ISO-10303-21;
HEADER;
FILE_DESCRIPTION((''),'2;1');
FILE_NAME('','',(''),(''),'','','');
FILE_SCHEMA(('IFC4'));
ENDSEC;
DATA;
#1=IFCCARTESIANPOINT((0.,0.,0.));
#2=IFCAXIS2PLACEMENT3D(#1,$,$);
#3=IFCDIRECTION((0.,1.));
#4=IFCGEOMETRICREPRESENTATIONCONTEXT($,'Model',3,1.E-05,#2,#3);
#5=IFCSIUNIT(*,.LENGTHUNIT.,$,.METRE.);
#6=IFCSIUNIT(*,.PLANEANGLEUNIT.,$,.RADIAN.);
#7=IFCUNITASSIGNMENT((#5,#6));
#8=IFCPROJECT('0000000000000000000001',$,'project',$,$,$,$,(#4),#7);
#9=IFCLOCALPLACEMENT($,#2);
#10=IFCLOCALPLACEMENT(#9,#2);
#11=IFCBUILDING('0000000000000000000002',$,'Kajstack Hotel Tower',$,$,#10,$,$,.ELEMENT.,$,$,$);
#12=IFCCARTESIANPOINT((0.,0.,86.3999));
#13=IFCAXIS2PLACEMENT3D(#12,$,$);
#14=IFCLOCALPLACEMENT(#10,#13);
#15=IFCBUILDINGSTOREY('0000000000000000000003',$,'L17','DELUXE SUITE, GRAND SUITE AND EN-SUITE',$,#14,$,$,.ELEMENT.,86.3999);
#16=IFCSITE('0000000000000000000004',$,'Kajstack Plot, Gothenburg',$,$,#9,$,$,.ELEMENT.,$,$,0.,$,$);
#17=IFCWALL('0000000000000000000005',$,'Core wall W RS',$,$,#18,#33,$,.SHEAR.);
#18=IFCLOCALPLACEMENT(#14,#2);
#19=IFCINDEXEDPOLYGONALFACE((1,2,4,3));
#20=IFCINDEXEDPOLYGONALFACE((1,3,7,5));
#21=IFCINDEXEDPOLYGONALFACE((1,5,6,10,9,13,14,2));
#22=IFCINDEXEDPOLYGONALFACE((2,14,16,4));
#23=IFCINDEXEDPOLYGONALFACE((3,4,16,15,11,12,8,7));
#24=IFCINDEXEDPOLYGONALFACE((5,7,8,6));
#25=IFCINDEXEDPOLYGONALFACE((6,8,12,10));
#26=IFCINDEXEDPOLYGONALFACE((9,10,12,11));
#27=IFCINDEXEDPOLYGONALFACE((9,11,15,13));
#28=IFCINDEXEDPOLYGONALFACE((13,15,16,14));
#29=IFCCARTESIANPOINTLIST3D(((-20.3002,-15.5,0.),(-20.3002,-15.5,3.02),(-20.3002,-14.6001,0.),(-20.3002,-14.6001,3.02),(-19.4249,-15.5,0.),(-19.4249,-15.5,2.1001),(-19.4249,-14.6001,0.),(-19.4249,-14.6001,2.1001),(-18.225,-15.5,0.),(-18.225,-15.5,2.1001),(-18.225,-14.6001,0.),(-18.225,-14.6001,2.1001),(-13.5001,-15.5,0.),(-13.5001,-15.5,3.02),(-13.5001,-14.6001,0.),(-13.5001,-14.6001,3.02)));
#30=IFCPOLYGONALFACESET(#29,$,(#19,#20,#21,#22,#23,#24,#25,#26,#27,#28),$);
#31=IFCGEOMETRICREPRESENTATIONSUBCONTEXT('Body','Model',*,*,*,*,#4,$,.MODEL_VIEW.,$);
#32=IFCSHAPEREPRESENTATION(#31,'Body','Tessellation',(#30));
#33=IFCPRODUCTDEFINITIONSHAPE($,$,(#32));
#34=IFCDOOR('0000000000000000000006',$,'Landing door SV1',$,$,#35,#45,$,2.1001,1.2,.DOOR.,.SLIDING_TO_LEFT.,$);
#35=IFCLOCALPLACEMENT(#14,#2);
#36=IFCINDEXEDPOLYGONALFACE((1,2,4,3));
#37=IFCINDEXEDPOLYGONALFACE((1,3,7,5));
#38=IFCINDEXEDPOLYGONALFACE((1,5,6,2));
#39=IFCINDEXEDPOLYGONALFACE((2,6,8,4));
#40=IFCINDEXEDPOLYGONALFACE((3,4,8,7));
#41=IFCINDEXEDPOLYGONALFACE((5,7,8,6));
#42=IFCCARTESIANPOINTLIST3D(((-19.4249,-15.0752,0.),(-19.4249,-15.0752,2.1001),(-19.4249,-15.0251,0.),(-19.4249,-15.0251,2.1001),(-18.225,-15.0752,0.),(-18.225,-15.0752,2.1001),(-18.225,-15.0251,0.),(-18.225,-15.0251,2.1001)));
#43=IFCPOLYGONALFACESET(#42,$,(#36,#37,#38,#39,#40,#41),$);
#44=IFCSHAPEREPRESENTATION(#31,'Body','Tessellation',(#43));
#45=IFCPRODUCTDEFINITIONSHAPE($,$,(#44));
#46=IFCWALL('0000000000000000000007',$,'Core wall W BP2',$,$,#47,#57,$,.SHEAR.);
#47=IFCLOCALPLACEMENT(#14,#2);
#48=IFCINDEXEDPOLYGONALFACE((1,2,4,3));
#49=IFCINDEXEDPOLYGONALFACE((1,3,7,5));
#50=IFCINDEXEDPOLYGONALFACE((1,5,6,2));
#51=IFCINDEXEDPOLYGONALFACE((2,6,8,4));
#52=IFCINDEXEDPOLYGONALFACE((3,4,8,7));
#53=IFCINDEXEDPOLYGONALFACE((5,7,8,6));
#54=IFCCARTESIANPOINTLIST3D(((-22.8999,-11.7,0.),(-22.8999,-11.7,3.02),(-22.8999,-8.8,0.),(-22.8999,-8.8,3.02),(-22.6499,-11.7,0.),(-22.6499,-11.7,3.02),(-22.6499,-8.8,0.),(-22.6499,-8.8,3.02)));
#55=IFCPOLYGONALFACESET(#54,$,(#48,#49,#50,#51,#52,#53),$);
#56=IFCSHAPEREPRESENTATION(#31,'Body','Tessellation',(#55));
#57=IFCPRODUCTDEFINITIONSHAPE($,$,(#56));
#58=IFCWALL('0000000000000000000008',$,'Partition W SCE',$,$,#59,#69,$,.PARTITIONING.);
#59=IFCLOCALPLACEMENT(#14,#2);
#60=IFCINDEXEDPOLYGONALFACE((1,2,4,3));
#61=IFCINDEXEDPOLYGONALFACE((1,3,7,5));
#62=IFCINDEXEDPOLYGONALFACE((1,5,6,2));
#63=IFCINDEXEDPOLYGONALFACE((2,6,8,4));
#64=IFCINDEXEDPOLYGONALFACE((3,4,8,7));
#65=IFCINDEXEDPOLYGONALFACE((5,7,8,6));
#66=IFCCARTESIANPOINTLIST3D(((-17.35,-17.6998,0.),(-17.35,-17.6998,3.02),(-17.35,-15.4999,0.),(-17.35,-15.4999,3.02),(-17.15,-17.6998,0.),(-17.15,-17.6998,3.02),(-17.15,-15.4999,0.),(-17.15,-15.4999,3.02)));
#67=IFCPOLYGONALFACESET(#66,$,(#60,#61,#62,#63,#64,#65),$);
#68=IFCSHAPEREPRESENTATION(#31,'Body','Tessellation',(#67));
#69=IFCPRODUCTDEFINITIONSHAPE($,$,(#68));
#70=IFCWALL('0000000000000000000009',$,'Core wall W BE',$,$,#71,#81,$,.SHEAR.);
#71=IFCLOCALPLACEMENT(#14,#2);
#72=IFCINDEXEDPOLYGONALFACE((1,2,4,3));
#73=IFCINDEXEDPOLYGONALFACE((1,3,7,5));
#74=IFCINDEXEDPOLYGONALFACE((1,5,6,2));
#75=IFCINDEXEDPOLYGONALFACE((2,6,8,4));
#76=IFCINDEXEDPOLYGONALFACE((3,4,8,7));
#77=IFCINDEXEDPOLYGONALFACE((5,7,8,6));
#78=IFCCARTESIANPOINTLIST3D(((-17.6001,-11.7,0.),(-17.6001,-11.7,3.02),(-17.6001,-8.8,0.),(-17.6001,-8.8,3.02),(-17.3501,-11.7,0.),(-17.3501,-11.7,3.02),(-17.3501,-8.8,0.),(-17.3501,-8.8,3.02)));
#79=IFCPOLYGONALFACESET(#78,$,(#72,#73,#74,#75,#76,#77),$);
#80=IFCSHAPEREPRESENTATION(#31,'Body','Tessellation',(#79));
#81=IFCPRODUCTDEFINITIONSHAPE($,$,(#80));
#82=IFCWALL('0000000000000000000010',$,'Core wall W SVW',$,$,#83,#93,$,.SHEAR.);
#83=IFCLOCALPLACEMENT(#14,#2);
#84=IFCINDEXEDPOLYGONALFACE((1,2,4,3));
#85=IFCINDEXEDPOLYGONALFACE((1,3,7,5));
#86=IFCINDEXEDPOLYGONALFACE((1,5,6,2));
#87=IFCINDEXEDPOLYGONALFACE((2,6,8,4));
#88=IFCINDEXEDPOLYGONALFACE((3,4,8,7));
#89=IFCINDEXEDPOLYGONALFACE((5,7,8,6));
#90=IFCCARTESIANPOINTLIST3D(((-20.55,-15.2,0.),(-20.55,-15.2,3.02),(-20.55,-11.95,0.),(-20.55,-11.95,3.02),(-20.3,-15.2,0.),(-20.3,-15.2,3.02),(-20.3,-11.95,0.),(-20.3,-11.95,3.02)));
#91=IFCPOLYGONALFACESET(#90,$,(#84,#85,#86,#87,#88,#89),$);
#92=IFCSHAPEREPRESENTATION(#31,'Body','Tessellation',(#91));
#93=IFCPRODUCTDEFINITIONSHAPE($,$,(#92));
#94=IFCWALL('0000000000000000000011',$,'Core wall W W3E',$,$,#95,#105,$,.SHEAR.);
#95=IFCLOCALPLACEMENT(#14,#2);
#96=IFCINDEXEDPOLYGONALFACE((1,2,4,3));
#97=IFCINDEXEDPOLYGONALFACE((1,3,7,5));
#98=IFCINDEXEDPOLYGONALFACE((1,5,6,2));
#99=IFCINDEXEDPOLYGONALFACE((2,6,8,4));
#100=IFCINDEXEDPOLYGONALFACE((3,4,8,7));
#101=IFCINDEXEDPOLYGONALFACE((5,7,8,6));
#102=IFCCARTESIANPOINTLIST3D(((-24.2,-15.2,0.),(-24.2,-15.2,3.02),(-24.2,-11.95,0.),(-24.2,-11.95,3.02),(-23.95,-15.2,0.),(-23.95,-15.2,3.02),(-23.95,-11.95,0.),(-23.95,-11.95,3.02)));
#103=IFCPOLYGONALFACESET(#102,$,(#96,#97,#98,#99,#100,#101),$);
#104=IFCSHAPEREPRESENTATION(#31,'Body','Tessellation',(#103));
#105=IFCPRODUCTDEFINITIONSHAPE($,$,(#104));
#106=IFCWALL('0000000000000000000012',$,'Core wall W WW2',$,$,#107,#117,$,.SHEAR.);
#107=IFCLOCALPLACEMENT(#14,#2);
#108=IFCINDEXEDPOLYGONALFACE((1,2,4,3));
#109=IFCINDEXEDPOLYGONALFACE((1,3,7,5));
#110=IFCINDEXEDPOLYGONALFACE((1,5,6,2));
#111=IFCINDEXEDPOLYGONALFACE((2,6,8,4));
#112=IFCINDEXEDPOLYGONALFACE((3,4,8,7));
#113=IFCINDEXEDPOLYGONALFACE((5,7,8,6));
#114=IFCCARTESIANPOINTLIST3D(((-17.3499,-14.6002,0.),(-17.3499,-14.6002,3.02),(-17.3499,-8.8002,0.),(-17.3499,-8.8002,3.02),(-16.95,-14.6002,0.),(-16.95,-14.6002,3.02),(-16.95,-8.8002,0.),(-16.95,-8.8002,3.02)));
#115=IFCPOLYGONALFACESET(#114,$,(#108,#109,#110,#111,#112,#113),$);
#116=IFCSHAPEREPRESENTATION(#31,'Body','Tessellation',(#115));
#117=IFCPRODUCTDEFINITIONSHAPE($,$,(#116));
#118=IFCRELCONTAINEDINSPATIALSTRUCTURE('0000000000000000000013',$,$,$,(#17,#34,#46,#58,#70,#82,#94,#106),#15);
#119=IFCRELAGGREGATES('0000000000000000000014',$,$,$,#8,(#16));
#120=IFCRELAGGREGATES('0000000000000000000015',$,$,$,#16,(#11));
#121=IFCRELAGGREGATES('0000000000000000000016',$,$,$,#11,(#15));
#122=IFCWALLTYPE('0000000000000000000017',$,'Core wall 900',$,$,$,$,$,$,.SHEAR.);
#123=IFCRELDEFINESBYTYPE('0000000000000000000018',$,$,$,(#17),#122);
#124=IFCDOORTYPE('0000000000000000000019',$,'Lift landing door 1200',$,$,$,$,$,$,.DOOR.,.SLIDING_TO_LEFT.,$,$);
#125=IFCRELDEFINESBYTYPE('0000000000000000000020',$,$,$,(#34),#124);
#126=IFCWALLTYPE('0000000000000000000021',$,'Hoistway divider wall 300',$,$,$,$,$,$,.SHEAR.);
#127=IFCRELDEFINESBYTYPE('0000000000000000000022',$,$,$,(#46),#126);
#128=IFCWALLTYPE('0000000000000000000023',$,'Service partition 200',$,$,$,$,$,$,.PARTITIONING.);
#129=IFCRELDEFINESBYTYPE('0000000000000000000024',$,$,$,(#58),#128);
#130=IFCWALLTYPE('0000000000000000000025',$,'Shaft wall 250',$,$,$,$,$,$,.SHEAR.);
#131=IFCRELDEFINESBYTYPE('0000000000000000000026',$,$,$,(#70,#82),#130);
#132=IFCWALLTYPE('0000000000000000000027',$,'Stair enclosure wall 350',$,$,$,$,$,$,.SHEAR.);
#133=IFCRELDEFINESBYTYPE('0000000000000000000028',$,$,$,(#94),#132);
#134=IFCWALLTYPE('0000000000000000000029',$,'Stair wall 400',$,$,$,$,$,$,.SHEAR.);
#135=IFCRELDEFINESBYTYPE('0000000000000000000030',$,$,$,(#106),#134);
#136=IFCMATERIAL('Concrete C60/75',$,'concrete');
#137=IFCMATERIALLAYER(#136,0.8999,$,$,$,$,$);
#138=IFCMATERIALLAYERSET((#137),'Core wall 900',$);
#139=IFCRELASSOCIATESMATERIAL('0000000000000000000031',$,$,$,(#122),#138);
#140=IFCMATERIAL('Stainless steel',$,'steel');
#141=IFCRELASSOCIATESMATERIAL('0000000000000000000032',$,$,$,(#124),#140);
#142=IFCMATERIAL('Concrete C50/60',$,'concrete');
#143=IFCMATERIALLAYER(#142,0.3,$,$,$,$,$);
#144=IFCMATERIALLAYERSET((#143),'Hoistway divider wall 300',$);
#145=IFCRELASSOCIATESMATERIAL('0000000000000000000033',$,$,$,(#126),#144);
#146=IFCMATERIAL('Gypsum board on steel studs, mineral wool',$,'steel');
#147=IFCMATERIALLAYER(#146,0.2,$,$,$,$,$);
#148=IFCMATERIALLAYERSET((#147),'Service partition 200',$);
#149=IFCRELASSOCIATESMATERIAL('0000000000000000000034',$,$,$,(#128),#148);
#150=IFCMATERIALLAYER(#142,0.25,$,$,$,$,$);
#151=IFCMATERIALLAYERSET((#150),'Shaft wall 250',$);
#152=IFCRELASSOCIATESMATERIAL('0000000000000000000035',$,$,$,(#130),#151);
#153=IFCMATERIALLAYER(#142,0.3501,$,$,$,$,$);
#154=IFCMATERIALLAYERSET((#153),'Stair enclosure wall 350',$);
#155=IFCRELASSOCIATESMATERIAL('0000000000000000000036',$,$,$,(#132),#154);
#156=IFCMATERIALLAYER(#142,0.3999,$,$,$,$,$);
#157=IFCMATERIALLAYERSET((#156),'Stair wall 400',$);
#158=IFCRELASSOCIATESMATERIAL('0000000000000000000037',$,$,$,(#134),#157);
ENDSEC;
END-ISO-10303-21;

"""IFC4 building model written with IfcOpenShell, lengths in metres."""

from ifc_helpers import new_model, si_unit, direction, frame, frame_2d, origin, place, context, subcontext, project, spatial, rectangle, extrude, material, layer, layer_set, type_object, element, fill, save


model = new_model("IFC4")

# Units and contexts
model_context = context("Model", 3, precision=1e-05, world=origin(), true_north=direction((0.0, 1.0)))
body_context = subcontext(model_context, "Body", "Model", "MODEL_VIEW")
ifc_project = project(units=[si_unit("LENGTHUNIT", "METRE"), si_unit("PLANEANGLEUNIT", "RADIAN")], contexts=[model_context])

# Site, building, storey
site_placement = place(None, origin())
site = spatial("IfcSite", under=ifc_project, at=site_placement, Name="Kajstack Plot, Gothenburg", CompositionType="ELEMENT", RefElevation=0.0)
building_placement = place(site_placement, origin())
building = spatial("IfcBuilding", under=site, at=building_placement, Name="Kajstack Hotel Tower", CompositionType="ELEMENT")
storey_placement = place(building_placement, frame((0.0, 0.0, 86.3999)))
storey = spatial("IfcBuildingStorey", under=building, at=storey_placement, Name="L17", Description="DELUXE SUITE, GRAND SUITE AND EN-SUITE", CompositionType="ELEMENT", Elevation=86.3999)

# Wall, opening, door
ifc_material_1 = material(Name="Concrete C60/75", Category="concrete")
ifc_layer_1 = layer(ifc_material_1, 0.8999)
ifc_layer_set_1 = layer_set([ifc_layer_1], Name="Core wall 900")
wall_type_1 = type_object("IfcWallType", Name="Core wall 900", PredefinedType="SHEAR", material=ifc_layer_set_1)
wall_1_placement = place(storey_placement, frame((-20.3, -15.05, 0.0), z_axis=(0.0, 0.0, 1.0), x_axis=(1.0, 0.0, 0.0)))
wall_1 = element("IfcWall", 1, at=wall_1_placement, inside=storey, type_object=wall_type_1, Name="Core wall W RS", PredefinedType="SHEAR", context=body_context, shape_type="SweptSolid", body=[
    extrude(rectangle(XDim=6.8, YDim=0.8999, at=frame_2d((3.3999, 0.0))), origin(), (0.0, 0.0, 1.0), 3.02),
])
opening_placement = place(wall_1_placement, frame((0.875, 0.0, 0.0)))
opening = element("IfcOpeningElement", 2, at=opening_placement, cuts=wall_1, PredefinedType="OPENING", context=body_context, shape_type="SweptSolid", body=[
    extrude(rectangle(XDim=1.2, YDim=2.1001, at=frame_2d((0.6001, 1.05))), frame((0.0, 0.46, 0.0), z_axis=(0.0, -1.0, 0.0), x_axis=(1.0, 0.0, 0.0)), (0.0, 0.0, 1.0), 0.9199),
])
ifc_material_2 = material(Name="Stainless steel", Category="steel")
door_type = type_object("IfcDoorType", Name="Lift landing door 1200", OperationType="SLIDING_TO_LEFT", PredefinedType="DOOR", material=ifc_material_2)
door_placement = place(opening_placement, origin())
door = element("IfcDoor", 3, at=door_placement, inside=storey, type_object=door_type, Name="Landing door SV1", OperationType="SLIDING_TO_LEFT", OverallHeight=2.1001, OverallWidth=1.2, PredefinedType="DOOR", context=body_context, shape_type="SweptSolid", body=[
    extrude(rectangle(XDim=1.2, YDim=2.1001, at=frame_2d((0.6001, 1.05))), frame((0.0, 0.0249, 0.0), z_axis=(0.0, -1.0, 0.0), x_axis=(1.0, 0.0, 0.0)), (0.0, 0.0, 1.0), 0.05),
])
fill(opening, door)

# Walls
ifc_material_3 = material(Name="Concrete C50/60", Category="concrete")
ifc_layer_2 = layer(ifc_material_3, 0.3)
ifc_layer_set_2 = layer_set([ifc_layer_2], Name="Hoistway divider wall 300")
wall_type_2 = type_object("IfcWallType", Name="Hoistway divider wall 300", PredefinedType="SHEAR", material=ifc_layer_set_2)
wall_2_placement = place(storey_placement, frame((-22.7749, -11.7, 0.0), z_axis=(0.0, 0.0, 1.0), x_axis=(0.0, 1.0, 0.0)))
element("IfcWall", 4, at=wall_2_placement, inside=storey, type_object=wall_type_2, Name="Core wall W BP2", PredefinedType="SHEAR", context=body_context, shape_type="SweptSolid", body=[
    extrude(rectangle(XDim=2.8999, YDim=0.25, at=frame_2d((1.45, 0.0))), origin(), (0.0, 0.0, 1.0), 3.02),
])
ifc_material_4 = material(Name="Gypsum board on steel studs, mineral wool", Category="steel")
ifc_layer_3 = layer(ifc_material_4, 0.2)
ifc_layer_set_3 = layer_set([ifc_layer_3], Name="Service partition 200")
wall_type_3 = type_object("IfcWallType", Name="Service partition 200", PredefinedType="PARTITIONING", material=ifc_layer_set_3)
wall_3_placement = place(storey_placement, frame((-17.25, -17.7, 0.0), z_axis=(0.0, 0.0, 1.0), x_axis=(0.0, 1.0, 0.0)))
element("IfcWall", 5, at=wall_3_placement, inside=storey, type_object=wall_type_3, Name="Partition W SCE", PredefinedType="PARTITIONING", context=body_context, shape_type="SweptSolid", body=[
    extrude(rectangle(XDim=2.2, YDim=0.2, at=frame_2d((1.1001, 0.0))), origin(), (0.0, 0.0, 1.0), 3.02),
])
ifc_layer_4 = layer(ifc_material_3, 0.25)
ifc_layer_set_4 = layer_set([ifc_layer_4], Name="Shaft wall 250")
wall_type_4 = type_object("IfcWallType", Name="Shaft wall 250", PredefinedType="SHEAR", material=ifc_layer_set_4)
wall_4_placement = place(storey_placement, frame((-17.4751, -11.7, 0.0), z_axis=(0.0, 0.0, 1.0), x_axis=(0.0, 1.0, 0.0)))
element("IfcWall", 6, at=wall_4_placement, inside=storey, type_object=wall_type_4, Name="Core wall W BE", PredefinedType="SHEAR", context=body_context, shape_type="SweptSolid", body=[
    extrude(rectangle(XDim=2.8999, YDim=0.25, at=frame_2d((1.45, 0.0))), origin(), (0.0, 0.0, 1.0), 3.02),
])
wall_5_placement = place(storey_placement, frame((-20.425, -15.2, 0.0), z_axis=(0.0, 0.0, 1.0), x_axis=(0.0, 1.0, 0.0)))
element("IfcWall", 7, at=wall_5_placement, inside=storey, type_object=wall_type_4, Name="Core wall W SVW", PredefinedType="SHEAR", context=body_context, shape_type="SweptSolid", body=[
    extrude(rectangle(XDim=3.25, YDim=0.25, at=frame_2d((1.625, 0.0))), origin(), (0.0, 0.0, 1.0), 3.02),
])
ifc_layer_5 = layer(ifc_material_3, 0.3501)
ifc_layer_set_5 = layer_set([ifc_layer_5], Name="Stair enclosure wall 350")
wall_type_5 = type_object("IfcWallType", Name="Stair enclosure wall 350", PredefinedType="SHEAR", material=ifc_layer_set_5)
wall_6_placement = place(storey_placement, frame((-24.075, -15.2, 0.0), z_axis=(0.0, 0.0, 1.0), x_axis=(0.0, 1.0, 0.0)))
element("IfcWall", 8, at=wall_6_placement, inside=storey, type_object=wall_type_5, Name="Core wall W W3E", PredefinedType="SHEAR", context=body_context, shape_type="SweptSolid", body=[
    extrude(rectangle(XDim=3.25, YDim=0.25, at=frame_2d((1.625, 0.0))), origin(), (0.0, 0.0, 1.0), 3.02),
])
ifc_layer_6 = layer(ifc_material_3, 0.3999)
ifc_layer_set_6 = layer_set([ifc_layer_6], Name="Stair wall 400")
wall_type_6 = type_object("IfcWallType", Name="Stair wall 400", PredefinedType="SHEAR", material=ifc_layer_set_6)
wall_7_placement = place(storey_placement, frame((-17.1499, -14.6001, 0.0), z_axis=(0.0, 0.0, 1.0), x_axis=(0.0, 1.0, 0.0)))
element("IfcWall", 9, at=wall_7_placement, inside=storey, type_object=wall_type_6, Name="Core wall W WW2", PredefinedType="SHEAR", context=body_context, shape_type="SweptSolid", body=[
    extrude(rectangle(XDim=5.8, YDim=0.3999, at=frame_2d((2.8999, 0.0))), origin(), (0.0, 0.0, 1.0), 3.02),
])

save(model, "model.ifc")
